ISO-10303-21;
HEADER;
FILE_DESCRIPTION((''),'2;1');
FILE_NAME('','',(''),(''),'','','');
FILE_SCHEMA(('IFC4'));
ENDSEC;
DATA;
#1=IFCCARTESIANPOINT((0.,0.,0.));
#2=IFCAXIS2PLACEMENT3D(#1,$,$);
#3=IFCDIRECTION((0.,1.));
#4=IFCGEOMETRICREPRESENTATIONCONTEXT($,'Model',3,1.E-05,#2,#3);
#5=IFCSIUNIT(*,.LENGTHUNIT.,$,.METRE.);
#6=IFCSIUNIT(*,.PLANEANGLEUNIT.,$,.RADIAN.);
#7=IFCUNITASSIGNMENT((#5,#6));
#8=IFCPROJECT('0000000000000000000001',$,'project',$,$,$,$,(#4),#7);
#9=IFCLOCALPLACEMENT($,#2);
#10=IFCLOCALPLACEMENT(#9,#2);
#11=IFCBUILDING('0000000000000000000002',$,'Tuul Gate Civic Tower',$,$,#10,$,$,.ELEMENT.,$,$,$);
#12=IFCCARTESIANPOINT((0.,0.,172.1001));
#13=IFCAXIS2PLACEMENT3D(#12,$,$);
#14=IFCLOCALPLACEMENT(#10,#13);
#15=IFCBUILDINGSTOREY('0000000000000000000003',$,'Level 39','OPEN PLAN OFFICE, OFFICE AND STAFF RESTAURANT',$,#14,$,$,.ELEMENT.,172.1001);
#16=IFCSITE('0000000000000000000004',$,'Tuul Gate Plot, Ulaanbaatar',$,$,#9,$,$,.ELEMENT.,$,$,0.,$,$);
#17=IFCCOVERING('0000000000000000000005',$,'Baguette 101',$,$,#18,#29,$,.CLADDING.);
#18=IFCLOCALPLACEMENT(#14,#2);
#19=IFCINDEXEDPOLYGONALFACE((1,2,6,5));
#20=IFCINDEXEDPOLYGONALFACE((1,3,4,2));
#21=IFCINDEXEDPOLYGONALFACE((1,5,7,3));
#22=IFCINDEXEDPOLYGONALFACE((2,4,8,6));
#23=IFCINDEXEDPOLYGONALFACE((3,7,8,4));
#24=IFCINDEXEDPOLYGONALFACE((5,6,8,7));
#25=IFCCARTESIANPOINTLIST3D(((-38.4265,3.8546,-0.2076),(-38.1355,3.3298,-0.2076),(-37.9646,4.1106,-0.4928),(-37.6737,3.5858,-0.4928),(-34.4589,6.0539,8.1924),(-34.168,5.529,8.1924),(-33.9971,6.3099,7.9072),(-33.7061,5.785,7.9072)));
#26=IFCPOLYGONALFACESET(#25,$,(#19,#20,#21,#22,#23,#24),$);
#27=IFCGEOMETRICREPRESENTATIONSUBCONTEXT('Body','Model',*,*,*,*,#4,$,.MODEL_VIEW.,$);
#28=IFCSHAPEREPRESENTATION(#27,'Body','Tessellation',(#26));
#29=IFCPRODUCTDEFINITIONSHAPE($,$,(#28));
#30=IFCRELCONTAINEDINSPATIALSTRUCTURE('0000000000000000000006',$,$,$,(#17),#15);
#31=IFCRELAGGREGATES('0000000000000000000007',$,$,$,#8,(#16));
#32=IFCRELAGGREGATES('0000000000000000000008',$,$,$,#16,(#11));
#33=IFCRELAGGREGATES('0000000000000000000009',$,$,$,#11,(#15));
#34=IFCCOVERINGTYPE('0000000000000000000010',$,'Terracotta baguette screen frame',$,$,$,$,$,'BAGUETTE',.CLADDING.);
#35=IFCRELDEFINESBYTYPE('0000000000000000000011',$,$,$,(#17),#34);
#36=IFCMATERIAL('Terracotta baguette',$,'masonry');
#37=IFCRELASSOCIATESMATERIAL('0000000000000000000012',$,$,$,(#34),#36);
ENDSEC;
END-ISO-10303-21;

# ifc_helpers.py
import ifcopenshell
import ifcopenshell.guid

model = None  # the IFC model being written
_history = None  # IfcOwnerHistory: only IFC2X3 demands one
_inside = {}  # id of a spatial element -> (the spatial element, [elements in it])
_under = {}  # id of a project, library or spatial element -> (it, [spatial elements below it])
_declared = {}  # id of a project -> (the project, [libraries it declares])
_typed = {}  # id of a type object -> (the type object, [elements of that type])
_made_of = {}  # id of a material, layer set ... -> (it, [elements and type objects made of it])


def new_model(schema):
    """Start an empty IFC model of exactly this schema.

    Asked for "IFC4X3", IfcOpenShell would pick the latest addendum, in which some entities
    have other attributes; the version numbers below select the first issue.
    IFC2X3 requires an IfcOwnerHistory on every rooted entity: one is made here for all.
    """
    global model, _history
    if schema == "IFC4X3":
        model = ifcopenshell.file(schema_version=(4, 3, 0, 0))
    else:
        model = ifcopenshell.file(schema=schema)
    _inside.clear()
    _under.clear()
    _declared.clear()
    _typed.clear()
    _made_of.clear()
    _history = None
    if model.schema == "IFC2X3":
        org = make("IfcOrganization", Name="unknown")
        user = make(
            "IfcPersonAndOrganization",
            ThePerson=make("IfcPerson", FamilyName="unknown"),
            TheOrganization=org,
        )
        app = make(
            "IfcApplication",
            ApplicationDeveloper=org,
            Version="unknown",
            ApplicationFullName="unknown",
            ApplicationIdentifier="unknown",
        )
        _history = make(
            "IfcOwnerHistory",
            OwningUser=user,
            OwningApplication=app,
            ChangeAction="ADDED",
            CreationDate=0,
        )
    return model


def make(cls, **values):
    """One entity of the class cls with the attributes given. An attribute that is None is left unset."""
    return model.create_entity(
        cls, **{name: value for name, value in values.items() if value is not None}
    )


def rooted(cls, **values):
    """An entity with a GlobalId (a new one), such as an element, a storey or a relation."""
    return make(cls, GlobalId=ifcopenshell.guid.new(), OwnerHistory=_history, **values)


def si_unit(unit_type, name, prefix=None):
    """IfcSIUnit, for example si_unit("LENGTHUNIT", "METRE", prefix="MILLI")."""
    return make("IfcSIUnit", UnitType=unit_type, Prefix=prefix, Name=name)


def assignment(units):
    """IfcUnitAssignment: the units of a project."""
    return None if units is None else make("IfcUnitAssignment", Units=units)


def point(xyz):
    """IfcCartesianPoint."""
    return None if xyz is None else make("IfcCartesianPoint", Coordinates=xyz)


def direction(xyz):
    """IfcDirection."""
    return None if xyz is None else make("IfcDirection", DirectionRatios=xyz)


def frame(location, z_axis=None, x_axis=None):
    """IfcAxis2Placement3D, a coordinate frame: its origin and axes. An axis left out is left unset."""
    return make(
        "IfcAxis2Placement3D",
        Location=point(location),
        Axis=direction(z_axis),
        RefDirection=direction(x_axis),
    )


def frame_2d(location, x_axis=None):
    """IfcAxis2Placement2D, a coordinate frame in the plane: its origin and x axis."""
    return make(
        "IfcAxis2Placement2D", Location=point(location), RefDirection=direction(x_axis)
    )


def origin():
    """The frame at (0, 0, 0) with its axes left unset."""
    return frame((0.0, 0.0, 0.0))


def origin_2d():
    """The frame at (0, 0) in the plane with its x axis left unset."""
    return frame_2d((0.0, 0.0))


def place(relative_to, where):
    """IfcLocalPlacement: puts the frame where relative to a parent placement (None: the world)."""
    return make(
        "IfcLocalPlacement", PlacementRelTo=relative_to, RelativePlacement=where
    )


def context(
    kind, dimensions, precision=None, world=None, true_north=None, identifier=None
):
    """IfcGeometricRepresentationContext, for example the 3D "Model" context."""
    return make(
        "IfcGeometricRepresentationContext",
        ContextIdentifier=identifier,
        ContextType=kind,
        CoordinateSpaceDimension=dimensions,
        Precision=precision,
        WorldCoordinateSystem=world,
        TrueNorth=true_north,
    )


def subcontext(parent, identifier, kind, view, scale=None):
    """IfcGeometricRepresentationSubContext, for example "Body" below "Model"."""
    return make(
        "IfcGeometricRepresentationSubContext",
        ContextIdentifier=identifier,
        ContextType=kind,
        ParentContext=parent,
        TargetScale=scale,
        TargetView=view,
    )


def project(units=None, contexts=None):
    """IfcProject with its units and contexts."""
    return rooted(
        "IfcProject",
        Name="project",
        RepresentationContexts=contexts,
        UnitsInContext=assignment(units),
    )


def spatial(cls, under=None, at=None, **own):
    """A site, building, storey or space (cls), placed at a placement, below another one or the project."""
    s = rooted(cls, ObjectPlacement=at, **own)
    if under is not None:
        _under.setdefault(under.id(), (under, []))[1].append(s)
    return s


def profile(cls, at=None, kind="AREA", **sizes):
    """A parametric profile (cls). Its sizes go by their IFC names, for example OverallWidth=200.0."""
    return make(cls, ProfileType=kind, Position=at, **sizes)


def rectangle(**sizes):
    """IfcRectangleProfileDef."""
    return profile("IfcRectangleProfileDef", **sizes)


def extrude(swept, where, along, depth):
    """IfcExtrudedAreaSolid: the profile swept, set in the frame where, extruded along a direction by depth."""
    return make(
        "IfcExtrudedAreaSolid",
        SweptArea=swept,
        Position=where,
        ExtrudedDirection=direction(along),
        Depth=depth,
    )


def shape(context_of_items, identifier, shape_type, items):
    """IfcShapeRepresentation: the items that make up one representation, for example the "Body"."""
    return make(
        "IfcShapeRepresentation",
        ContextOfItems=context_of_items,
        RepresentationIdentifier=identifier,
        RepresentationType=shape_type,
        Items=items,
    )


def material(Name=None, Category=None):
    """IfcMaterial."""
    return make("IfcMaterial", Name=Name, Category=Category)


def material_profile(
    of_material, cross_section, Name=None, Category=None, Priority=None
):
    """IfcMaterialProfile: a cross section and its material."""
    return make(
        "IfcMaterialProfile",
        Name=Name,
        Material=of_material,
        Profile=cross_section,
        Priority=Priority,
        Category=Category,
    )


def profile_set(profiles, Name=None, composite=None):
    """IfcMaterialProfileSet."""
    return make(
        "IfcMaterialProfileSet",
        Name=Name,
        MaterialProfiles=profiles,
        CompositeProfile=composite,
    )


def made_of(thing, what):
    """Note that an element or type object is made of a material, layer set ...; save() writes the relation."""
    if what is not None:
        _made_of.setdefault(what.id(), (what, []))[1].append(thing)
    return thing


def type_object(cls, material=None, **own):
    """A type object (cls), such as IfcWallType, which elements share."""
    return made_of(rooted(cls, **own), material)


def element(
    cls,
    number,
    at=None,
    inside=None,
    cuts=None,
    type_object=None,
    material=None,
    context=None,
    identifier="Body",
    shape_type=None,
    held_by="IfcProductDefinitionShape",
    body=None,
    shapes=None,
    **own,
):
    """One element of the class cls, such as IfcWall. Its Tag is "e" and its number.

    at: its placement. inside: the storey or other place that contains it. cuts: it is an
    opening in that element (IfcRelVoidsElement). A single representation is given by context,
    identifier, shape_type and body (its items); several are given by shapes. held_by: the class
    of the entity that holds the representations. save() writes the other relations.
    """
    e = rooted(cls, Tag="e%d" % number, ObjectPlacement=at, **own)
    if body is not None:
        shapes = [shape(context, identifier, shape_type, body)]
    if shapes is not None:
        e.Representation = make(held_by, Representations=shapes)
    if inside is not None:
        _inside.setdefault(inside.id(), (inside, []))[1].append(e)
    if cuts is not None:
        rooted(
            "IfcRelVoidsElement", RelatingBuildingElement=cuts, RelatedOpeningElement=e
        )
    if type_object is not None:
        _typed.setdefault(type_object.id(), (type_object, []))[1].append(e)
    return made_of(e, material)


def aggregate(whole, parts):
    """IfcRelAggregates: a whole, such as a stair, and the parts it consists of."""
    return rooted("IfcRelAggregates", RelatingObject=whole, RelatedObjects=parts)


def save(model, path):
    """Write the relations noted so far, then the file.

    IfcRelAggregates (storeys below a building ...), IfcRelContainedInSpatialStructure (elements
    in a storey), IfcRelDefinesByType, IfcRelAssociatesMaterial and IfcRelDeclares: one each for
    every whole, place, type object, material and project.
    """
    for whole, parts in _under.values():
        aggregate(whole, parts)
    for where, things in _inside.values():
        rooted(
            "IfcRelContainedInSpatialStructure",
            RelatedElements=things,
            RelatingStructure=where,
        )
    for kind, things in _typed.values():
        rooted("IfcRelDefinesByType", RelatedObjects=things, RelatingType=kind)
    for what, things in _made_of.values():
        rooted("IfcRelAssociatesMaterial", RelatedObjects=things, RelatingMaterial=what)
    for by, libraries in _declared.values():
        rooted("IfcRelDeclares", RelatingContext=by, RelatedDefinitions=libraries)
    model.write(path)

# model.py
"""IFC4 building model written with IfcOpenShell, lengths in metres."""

from ifc_helpers import new_model, si_unit, direction, frame, origin, origin_2d, place, context, subcontext, project, spatial, rectangle, extrude, material, material_profile, profile_set, type_object, element, save


model = new_model("IFC4")

# Units and contexts
model_context = context("Model", 3, precision=1e-05, world=origin(), true_north=direction((0.0, 1.0)))
body_context = subcontext(model_context, "Body", "Model", "MODEL_VIEW")
ifc_project = project(units=[si_unit("LENGTHUNIT", "METRE"), si_unit("PLANEANGLEUNIT", "RADIAN")], contexts=[model_context])

# Site, building, storey
site_placement = place(None, origin())
site = spatial("IfcSite", under=ifc_project, at=site_placement, Name="Tuul Gate Plot, Ulaanbaatar", CompositionType="ELEMENT", RefElevation=0.0)
building_placement = place(site_placement, origin())
building = spatial("IfcBuilding", under=site, at=building_placement, Name="Tuul Gate Civic Tower", CompositionType="ELEMENT")
storey_placement = place(building_placement, frame((0.0, 0.0, 172.1001)))
storey = spatial("IfcBuildingStorey", under=building, at=storey_placement, Name="Level 39", Description="OPEN PLAN OFFICE, OFFICE AND STAFF RESTAURANT", CompositionType="ELEMENT", Elevation=172.1001)

# Covering
ifc_material_1 = material(Name="Terracotta baguette", Category="masonry")
ifc_material_profile_1 = material_profile(ifc_material_1, rectangle(XDim=0.6001, YDim=0.6001, at=origin_2d()), Name="Terracotta baguette screen frame")
ifc_profile_set_1 = profile_set([ifc_material_profile_1], Name="Terracotta baguette")
covering_type = type_object("IfcCoveringType", Name="Terracotta baguette screen frame", ElementType="BAGUETTE", PredefinedType="CLADDING", material=ifc_profile_set_1)
covering_placement = place(storey_placement, frame((-34.0825, 5.9194, 8.0498), z_axis=(-0.415599, -0.230368, -0.879891), x_axis=(0.484806, -0.874621, 0.0)))
element("IfcCovering", 1, at=covering_placement, inside=storey, type_object=covering_type, Name="Baguette 101", PredefinedType="CLADDING", context=body_context, shape_type="SweptSolid", body=[
    extrude(rectangle(XDim=0.6001, YDim=0.6001, at=origin_2d()), origin(), (0.0, 0.0, 1.0), 9.5466),
])

save(model, "model.ifc")
